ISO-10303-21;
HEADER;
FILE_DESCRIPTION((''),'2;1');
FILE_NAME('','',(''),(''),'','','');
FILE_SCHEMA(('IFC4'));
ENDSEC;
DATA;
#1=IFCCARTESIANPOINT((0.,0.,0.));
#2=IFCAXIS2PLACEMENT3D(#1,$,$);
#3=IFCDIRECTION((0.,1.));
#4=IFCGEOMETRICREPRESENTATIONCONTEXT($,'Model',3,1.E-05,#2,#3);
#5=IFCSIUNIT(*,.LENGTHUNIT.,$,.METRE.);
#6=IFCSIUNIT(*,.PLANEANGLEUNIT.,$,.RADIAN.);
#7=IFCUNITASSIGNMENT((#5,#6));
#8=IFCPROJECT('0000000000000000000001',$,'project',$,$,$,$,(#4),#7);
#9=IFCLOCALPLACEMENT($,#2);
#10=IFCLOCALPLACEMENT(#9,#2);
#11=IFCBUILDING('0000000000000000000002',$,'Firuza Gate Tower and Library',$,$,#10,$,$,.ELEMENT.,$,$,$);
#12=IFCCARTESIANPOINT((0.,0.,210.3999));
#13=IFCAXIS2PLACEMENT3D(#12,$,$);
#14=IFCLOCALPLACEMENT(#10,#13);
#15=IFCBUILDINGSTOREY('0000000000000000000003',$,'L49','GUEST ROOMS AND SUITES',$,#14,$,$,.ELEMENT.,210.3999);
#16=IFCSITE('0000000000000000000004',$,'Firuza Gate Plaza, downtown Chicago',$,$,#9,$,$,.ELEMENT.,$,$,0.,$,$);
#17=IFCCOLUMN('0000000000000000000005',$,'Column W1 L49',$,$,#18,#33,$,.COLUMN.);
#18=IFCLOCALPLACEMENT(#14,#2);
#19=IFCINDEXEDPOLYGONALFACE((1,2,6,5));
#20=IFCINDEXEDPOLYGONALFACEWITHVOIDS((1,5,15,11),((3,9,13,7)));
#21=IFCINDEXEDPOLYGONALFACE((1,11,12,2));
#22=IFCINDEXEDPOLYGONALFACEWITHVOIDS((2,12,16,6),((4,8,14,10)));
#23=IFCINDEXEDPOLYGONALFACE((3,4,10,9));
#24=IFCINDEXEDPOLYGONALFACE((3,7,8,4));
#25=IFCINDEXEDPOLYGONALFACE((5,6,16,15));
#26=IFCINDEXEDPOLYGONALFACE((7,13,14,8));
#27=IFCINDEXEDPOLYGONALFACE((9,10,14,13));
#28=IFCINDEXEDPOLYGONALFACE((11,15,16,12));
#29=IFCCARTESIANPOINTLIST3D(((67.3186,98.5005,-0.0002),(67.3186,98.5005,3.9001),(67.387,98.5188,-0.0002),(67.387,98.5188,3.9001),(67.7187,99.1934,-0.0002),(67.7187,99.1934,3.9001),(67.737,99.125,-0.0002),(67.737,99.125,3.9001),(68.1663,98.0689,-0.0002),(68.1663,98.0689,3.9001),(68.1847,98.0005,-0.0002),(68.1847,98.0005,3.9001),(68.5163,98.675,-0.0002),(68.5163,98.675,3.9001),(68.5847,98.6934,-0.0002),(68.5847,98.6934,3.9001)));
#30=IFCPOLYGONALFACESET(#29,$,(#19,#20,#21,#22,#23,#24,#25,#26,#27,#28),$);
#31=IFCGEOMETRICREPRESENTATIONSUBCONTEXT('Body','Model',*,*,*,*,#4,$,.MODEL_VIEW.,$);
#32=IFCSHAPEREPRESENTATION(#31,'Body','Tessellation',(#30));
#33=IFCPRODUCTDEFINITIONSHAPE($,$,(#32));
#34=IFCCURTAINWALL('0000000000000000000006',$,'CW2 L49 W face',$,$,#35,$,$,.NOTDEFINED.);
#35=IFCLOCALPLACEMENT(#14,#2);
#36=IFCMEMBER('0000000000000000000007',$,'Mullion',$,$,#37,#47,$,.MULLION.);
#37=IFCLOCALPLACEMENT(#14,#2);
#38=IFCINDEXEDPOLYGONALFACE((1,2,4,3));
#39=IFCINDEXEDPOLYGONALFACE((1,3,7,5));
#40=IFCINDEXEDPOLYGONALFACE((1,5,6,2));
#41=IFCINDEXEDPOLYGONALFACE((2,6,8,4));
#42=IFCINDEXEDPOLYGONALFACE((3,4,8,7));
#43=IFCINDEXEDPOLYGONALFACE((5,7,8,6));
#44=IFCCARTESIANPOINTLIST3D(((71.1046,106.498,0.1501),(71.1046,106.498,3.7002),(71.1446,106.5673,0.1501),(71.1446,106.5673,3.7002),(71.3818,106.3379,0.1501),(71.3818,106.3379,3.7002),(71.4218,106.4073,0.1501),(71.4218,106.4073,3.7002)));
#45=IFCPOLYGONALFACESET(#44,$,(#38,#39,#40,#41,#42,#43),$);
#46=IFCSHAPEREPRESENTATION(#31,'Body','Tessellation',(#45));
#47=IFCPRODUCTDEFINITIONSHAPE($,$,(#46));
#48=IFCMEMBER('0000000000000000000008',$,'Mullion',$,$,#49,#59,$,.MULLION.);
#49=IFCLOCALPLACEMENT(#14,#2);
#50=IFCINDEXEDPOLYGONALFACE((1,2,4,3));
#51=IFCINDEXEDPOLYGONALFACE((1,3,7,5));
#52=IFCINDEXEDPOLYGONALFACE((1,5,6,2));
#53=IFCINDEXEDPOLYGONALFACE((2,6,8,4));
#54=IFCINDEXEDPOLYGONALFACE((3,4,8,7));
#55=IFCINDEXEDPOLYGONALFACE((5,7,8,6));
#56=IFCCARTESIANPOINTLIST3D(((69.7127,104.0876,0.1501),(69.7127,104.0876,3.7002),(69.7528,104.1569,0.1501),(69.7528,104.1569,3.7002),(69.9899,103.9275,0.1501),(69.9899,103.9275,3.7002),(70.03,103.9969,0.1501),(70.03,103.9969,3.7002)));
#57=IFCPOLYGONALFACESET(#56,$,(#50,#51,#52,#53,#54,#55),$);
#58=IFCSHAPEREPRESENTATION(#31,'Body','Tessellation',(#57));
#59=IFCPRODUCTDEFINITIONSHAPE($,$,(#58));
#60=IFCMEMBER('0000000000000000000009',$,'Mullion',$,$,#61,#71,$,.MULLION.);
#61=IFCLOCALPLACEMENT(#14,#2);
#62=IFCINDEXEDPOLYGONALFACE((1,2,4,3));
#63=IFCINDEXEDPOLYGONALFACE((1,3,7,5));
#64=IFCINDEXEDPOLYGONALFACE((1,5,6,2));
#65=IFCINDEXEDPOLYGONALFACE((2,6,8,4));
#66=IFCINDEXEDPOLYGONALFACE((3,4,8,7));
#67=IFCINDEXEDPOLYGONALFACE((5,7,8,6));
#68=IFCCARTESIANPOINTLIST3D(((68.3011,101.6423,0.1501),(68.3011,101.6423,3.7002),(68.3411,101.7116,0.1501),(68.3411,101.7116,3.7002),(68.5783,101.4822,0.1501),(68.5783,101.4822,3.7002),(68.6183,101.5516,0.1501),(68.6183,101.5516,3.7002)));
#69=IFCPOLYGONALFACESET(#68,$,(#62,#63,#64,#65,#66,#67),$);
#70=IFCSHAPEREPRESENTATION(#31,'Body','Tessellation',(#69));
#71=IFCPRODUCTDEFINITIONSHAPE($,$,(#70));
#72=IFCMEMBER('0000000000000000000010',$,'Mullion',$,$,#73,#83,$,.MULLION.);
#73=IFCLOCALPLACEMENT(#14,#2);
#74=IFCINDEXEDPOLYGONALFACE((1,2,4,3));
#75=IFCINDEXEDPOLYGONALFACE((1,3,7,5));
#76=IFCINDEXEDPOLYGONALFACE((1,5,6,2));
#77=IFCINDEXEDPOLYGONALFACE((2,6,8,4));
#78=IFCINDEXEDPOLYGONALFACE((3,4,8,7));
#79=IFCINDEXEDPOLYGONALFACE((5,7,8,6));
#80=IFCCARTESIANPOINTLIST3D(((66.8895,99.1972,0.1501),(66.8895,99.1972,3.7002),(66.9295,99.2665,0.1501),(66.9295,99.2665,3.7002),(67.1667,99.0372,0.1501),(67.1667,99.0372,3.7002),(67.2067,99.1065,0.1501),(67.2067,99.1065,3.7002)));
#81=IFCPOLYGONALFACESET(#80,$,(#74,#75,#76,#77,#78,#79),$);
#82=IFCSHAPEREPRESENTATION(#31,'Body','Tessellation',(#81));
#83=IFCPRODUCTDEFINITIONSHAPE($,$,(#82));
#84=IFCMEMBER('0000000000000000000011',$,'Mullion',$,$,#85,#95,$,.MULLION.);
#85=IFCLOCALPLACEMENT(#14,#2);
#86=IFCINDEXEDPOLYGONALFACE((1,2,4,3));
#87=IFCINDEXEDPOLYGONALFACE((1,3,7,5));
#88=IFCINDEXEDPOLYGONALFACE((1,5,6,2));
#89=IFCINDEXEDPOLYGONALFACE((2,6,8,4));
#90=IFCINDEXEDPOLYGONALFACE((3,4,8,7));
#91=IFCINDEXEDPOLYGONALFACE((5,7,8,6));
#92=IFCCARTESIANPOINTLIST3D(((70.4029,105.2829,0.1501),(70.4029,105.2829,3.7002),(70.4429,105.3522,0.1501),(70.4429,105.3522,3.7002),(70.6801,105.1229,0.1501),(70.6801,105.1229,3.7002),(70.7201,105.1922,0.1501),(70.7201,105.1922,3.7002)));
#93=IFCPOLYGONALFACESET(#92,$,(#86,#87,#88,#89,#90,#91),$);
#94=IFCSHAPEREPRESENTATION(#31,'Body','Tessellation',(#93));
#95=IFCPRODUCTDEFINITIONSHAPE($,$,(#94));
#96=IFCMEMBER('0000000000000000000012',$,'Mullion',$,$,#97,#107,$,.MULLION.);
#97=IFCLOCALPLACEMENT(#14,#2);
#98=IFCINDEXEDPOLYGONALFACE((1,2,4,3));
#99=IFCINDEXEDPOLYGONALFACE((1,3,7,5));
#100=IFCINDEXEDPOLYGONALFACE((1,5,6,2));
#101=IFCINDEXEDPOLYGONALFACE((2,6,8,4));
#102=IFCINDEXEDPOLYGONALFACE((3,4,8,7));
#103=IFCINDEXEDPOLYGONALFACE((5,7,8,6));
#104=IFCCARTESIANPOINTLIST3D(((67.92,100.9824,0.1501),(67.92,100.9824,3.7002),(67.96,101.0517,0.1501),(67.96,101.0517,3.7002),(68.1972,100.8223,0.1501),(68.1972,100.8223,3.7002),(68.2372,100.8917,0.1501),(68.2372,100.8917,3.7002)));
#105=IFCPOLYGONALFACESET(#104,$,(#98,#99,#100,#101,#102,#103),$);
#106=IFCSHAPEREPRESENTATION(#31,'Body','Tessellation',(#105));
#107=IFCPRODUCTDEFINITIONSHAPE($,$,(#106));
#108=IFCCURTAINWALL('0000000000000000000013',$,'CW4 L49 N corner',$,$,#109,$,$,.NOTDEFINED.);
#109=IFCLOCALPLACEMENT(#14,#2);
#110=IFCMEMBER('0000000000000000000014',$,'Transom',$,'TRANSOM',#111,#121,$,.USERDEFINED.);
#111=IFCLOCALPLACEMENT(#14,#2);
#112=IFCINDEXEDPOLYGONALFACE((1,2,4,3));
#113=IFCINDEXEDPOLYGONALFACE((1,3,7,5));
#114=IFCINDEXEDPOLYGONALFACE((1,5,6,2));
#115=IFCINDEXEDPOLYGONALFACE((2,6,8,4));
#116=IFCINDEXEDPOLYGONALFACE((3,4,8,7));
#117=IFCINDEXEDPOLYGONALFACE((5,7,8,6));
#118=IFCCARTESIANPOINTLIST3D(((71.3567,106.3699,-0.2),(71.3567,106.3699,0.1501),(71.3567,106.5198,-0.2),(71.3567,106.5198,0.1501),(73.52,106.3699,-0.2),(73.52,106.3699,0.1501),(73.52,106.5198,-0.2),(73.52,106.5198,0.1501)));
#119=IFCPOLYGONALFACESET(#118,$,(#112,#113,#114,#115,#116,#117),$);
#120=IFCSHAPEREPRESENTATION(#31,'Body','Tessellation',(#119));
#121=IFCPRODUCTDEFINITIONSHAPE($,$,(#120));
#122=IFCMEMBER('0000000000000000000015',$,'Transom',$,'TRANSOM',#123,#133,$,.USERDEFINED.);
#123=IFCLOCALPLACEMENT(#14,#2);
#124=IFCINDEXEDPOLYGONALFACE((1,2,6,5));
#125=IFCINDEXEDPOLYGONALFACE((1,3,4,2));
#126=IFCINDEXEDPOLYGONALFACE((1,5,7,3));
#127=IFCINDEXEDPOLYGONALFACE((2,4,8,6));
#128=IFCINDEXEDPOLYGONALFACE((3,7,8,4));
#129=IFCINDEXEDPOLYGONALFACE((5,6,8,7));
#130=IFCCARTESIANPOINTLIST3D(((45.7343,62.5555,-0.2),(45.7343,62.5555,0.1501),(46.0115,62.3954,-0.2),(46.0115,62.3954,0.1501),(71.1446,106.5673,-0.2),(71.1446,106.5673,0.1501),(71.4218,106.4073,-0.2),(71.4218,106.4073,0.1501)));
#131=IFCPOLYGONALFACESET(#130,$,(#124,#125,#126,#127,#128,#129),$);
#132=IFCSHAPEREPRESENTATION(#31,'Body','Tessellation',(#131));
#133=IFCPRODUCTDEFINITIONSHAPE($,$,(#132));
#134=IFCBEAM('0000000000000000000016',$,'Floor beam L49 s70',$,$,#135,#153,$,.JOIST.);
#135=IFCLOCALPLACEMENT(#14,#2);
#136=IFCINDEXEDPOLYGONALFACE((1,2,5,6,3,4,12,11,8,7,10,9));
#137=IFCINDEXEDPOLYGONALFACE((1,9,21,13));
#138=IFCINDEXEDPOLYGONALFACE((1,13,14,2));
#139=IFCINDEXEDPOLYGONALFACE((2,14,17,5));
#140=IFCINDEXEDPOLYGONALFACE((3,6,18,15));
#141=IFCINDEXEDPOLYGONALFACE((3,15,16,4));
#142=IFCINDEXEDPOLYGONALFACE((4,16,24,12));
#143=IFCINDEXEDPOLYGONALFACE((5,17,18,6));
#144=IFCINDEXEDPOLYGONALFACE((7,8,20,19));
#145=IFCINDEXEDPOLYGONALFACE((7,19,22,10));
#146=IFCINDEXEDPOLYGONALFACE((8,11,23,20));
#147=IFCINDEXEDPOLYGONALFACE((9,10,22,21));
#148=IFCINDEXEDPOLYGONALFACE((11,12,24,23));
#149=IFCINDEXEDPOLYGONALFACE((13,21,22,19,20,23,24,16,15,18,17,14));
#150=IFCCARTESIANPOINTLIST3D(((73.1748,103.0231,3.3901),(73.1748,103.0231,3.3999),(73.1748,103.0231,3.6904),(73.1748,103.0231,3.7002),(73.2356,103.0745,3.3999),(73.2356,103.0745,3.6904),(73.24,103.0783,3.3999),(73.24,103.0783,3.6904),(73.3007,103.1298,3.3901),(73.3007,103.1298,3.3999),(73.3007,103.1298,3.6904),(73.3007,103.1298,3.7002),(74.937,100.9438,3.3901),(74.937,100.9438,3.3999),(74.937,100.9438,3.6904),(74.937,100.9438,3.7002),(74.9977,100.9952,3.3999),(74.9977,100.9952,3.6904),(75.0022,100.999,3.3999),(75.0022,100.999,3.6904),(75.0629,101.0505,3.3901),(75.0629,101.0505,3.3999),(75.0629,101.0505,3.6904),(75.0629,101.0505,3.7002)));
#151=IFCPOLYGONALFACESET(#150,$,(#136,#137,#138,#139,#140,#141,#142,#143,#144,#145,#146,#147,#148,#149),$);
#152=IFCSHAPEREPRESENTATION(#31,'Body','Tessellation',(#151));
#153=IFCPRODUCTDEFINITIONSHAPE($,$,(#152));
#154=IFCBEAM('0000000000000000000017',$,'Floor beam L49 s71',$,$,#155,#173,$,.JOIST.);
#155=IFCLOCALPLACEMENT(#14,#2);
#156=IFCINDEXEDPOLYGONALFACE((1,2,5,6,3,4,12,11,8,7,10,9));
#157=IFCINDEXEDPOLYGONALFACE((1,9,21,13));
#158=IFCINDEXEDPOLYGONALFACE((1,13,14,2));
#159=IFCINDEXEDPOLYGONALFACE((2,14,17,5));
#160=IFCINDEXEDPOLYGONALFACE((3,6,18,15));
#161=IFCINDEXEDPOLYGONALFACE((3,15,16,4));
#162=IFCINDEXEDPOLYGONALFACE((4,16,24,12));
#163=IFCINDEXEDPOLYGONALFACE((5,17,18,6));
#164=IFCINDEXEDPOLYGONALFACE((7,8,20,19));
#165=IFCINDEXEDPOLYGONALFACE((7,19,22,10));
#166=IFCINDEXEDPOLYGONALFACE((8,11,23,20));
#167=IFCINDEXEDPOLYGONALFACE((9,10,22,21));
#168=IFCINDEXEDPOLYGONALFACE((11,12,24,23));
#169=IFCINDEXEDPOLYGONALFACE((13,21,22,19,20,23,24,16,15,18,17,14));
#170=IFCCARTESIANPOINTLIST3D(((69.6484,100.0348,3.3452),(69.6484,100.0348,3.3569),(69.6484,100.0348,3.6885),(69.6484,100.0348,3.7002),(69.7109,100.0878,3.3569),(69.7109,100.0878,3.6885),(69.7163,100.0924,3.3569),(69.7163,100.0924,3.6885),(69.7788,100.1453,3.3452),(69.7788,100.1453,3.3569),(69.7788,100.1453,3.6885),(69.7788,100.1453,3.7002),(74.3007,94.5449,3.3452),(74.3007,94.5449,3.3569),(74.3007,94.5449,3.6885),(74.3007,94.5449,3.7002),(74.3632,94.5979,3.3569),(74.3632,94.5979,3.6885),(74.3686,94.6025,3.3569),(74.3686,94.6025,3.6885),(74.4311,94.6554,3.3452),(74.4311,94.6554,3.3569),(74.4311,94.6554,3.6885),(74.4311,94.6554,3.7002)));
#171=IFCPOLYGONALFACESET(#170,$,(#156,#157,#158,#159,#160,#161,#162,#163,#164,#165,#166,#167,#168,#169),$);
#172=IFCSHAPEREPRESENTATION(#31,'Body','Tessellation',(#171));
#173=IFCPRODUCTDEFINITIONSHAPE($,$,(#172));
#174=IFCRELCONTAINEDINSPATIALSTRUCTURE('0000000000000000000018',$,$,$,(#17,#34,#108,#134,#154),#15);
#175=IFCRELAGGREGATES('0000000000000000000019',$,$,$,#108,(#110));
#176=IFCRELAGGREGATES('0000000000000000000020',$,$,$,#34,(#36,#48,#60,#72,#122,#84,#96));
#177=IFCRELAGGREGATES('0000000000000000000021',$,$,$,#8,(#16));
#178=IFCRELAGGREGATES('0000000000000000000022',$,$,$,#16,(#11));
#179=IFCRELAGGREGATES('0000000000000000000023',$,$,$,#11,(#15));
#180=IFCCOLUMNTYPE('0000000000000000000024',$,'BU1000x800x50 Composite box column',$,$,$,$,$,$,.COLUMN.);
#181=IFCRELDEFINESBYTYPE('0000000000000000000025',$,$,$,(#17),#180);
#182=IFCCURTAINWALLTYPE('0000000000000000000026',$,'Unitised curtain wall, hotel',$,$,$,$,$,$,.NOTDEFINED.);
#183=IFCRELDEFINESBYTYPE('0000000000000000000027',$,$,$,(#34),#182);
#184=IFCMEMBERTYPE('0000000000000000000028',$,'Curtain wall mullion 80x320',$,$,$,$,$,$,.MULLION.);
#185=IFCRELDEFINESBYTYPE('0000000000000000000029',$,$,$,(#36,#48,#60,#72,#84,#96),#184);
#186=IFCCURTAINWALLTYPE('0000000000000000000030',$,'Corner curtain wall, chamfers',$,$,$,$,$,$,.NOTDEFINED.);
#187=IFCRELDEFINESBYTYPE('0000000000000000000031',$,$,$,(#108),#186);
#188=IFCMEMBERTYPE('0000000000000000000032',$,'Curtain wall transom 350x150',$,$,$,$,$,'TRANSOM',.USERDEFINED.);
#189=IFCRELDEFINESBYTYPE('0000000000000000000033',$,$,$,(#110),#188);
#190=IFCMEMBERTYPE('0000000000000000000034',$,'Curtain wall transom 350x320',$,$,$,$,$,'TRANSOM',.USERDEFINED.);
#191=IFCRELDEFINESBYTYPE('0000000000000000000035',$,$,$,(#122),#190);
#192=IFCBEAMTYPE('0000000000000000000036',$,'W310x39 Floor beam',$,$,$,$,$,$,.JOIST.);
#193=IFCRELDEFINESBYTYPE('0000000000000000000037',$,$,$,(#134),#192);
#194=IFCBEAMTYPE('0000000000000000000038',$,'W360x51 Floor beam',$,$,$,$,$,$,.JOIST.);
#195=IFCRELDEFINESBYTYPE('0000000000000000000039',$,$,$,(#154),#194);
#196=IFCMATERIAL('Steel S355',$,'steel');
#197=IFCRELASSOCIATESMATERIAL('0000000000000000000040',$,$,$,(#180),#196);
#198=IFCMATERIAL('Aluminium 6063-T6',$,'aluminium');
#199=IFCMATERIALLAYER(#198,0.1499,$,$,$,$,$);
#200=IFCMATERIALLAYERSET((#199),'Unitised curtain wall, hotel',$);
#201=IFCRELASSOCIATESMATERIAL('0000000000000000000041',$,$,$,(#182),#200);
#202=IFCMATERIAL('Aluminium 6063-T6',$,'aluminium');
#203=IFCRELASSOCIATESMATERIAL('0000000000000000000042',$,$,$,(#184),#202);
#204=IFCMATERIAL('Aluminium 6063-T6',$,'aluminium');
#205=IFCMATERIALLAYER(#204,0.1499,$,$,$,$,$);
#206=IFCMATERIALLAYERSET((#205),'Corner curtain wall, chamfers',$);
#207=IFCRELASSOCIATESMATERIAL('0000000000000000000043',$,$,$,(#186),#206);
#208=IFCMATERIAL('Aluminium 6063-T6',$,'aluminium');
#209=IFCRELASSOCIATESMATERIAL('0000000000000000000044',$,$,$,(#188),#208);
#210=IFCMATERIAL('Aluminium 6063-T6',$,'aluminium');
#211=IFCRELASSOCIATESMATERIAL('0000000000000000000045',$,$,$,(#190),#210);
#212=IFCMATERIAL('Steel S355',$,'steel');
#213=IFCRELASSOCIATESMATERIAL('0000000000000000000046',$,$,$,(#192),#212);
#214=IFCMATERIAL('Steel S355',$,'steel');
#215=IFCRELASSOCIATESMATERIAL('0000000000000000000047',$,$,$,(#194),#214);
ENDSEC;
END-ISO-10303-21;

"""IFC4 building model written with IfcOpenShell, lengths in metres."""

from ifc_helpers import new_model, si_unit, direction, frame, origin, origin_2d, place, context, subcontext, project, spatial, rectangle, hollow_rectangle, i_section, extrude, material, layer, layer_set, material_profile, profile_set, type_object, element, aggregate, save


model = new_model("IFC4")

# Units and contexts
model_context = context("Model", 3, precision=1e-05, world=origin(), true_north=direction((0.0, 1.0)))
body_context = subcontext(model_context, "Body", "Model", "MODEL_VIEW")
ifc_project = project(units=[si_unit("LENGTHUNIT", "METRE"), si_unit("PLANEANGLEUNIT", "RADIAN")], contexts=[model_context])

# Site, building, storey
site_placement = place(None, origin())
site = spatial("IfcSite", under=ifc_project, at=site_placement, Name="Firuza Gate Plaza, downtown Chicago", CompositionType="ELEMENT", RefElevation=0.0)
building_placement = place(site_placement, origin())
building = spatial("IfcBuilding", under=site, at=building_placement, Name="Firuza Gate Tower and Library", CompositionType="ELEMENT")
storey_placement = place(building_placement, frame((0.0, 0.0, 210.3999)))
storey = spatial("IfcBuildingStorey", under=building, at=storey_placement, Name="L49", Description="GUEST ROOMS AND SUITES", CompositionType="ELEMENT", Elevation=210.3999)

# Column
ifc_material_1 = material(Name="Steel S355", Category="steel")
ifc_material_profile_1 = material_profile(ifc_material_1, hollow_rectangle(XDim=0.8, YDim=1.0, WallThickness=0.05, at=origin_2d()))
ifc_profile_set_1 = profile_set([ifc_material_profile_1], Name="Steel S355")
column_type = type_object("IfcColumnType", Name="BU1000x800x50 Composite box column", PredefinedType="COLUMN", material=ifc_profile_set_1)
column_placement = place(storey_placement, frame((67.9517, 98.5969, -0.0002), z_axis=(0.0, 0.0, 1.0), x_axis=(-0.5, -0.866025, 0.0)))
element("IfcColumn", 1, at=column_placement, inside=storey, type_object=column_type, Name="Column W1 L49", PredefinedType="COLUMN", context=body_context, shape_type="SweptSolid", body=[
    extrude(hollow_rectangle(XDim=0.8, YDim=1.0, WallThickness=0.05, at=origin_2d()), origin(), (0.0, 0.0, 1.0), 3.9004),
])

# Curtain wall, members
ifc_material_2 = material(Name="Aluminium 6063-T6", Category="aluminium")
ifc_layer_1 = layer(ifc_material_2, 0.1499)
ifc_layer_set_1 = layer_set([ifc_layer_1], Name="Unitised curtain wall, hotel")
curtain_wall_type_1 = type_object("IfcCurtainWallType", Name="Unitised curtain wall, hotel", PredefinedType="NOTDEFINED", material=ifc_layer_set_1)
placement = place(storey_placement, origin())
curtain_wall_1 = element("IfcCurtainWall", 2, at=placement, inside=storey, type_object=curtain_wall_type_1, Name="CW2 L49 W face", PredefinedType="NOTDEFINED")
ifc_material_3 = material(Name="Aluminium 6063-T6", Category="aluminium")
ifc_material_profile_2 = material_profile(ifc_material_3, rectangle(XDim=0.3201, YDim=0.0801, at=origin_2d()))
ifc_profile_set_2 = profile_set([ifc_material_profile_2], Name="Aluminium 6063-T6")
member_type_1 = type_object("IfcMemberType", Name="Curtain wall mullion 80x320", PredefinedType="MULLION", material=ifc_profile_set_2)
member_1_placement = place(storey_placement, frame((71.2632, 106.4526, 0.1501), z_axis=(0.0, 0.0, 1.0), x_axis=(0.866025, -0.5, 0.0)))
member_1 = element("IfcMember", 3, at=member_1_placement, type_object=member_type_1, Name="Mullion", PredefinedType="MULLION", context=body_context, shape_type="SweptSolid", body=[
    extrude(rectangle(XDim=0.3201, YDim=0.0801, at=origin_2d()), origin(), (0.0, 0.0, 1.0), 3.55),
])
member_2_placement = place(storey_placement, frame((69.8713, 104.0422, 0.1501), z_axis=(0.0, 0.0, 1.0), x_axis=(0.866025, -0.5, 0.0)))
member_2 = element("IfcMember", 4, at=member_2_placement, type_object=member_type_1, Name="Mullion", PredefinedType="MULLION", context=body_context, shape_type="SweptSolid", body=[
    extrude(rectangle(XDim=0.3201, YDim=0.0801, at=origin_2d()), origin(), (0.0, 0.0, 1.0), 3.55),
])
member_3_placement = place(storey_placement, frame((68.4597, 101.5969, 0.1501), z_axis=(0.0, 0.0, 1.0), x_axis=(0.866025, -0.5, 0.0)))
member_3 = element("IfcMember", 5, at=member_3_placement, type_object=member_type_1, Name="Mullion", PredefinedType="MULLION", context=body_context, shape_type="SweptSolid", body=[
    extrude(rectangle(XDim=0.3201, YDim=0.0801, at=origin_2d()), origin(), (0.0, 0.0, 1.0), 3.55),
])
member_4_placement = place(storey_placement, frame((67.0481, 99.1519, 0.1501), z_axis=(0.0, 0.0, 1.0), x_axis=(0.866025, -0.5, 0.0)))
member_4 = element("IfcMember", 6, at=member_4_placement, type_object=member_type_1, Name="Mullion", PredefinedType="MULLION", context=body_context, shape_type="SweptSolid", body=[
    extrude(rectangle(XDim=0.3201, YDim=0.0801, at=origin_2d()), origin(), (0.0, 0.0, 1.0), 3.55),
])
member_5_placement = place(storey_placement, frame((70.5615, 105.2375, 0.1501), z_axis=(0.0, 0.0, 1.0), x_axis=(0.866025, -0.5, 0.0)))
member_5 = element("IfcMember", 7, at=member_5_placement, type_object=member_type_1, Name="Mullion", PredefinedType="MULLION", context=body_context, shape_type="SweptSolid", body=[
    extrude(rectangle(XDim=0.3201, YDim=0.0801, at=origin_2d()), origin(), (0.0, 0.0, 1.0), 3.55),
])
member_6_placement = place(storey_placement, frame((68.0786, 100.937, 0.1501), z_axis=(0.0, 0.0, 1.0), x_axis=(0.866025, -0.5, 0.0)))
member_6 = element("IfcMember", 8, at=member_6_placement, type_object=member_type_1, Name="Mullion", PredefinedType="MULLION", context=body_context, shape_type="SweptSolid", body=[
    extrude(rectangle(XDim=0.3201, YDim=0.0801, at=origin_2d()), origin(), (0.0, 0.0, 1.0), 3.55),
])

# Curtain wall, member
ifc_material_4 = material(Name="Aluminium 6063-T6", Category="aluminium")
ifc_layer_2 = layer(ifc_material_4, 0.1499)
ifc_layer_set_2 = layer_set([ifc_layer_2], Name="Corner curtain wall, chamfers")
curtain_wall_type_2 = type_object("IfcCurtainWallType", Name="Corner curtain wall, chamfers", PredefinedType="NOTDEFINED", material=ifc_layer_set_2)
curtain_wall_2 = element("IfcCurtainWall", 9, at=placement, inside=storey, type_object=curtain_wall_type_2, Name="CW4 L49 N corner", PredefinedType="NOTDEFINED")
ifc_material_5 = material(Name="Aluminium 6063-T6", Category="aluminium")
ifc_material_profile_3 = material_profile(ifc_material_5, rectangle(XDim=0.1499, YDim=0.3501, at=origin_2d()))
ifc_profile_set_3 = profile_set([ifc_material_profile_3], Name="Aluminium 6063-T6")
member_type_2 = type_object("IfcMemberType", Name="Curtain wall transom 350x150", ElementType="TRANSOM", PredefinedType="USERDEFINED", material=ifc_profile_set_3)
member_7_placement = place(storey_placement, frame((73.52, 106.4448, -0.0249), z_axis=(-1.0, 0.0, 0.0), x_axis=(0.0, -1.0, 0.0)))
member_7 = element("IfcMember", 10, at=member_7_placement, type_object=member_type_2, Name="Transom", ObjectType="TRANSOM", PredefinedType="USERDEFINED", context=body_context, shape_type="SweptSolid", body=[
    extrude(rectangle(XDim=0.1499, YDim=0.3501, at=origin_2d()), origin(), (0.0, 0.0, 1.0), 2.1633),
])

# Member
ifc_material_6 = material(Name="Aluminium 6063-T6", Category="aluminium")
ifc_material_profile_4 = material_profile(ifc_material_6, rectangle(XDim=0.3201, YDim=0.3501, at=origin_2d()))
ifc_profile_set_4 = profile_set([ifc_material_profile_4], Name="Aluminium 6063-T6")
member_type_3 = type_object("IfcMemberType", Name="Curtain wall transom 350x320", ElementType="TRANSOM", PredefinedType="USERDEFINED", material=ifc_profile_set_4)
member_8_placement = place(storey_placement, frame((71.2832, 106.4873, -0.0249), z_axis=(-0.500001, -0.866025, 0.0), x_axis=(0.866025, -0.500001, 0.0)))
member_8 = element("IfcMember", 11, at=member_8_placement, type_object=member_type_3, Name="Transom", ObjectType="TRANSOM", PredefinedType="USERDEFINED", context=body_context, shape_type="SweptSolid", body=[
    extrude(rectangle(XDim=0.3201, YDim=0.3501, at=origin_2d()), origin(), (0.0, 0.0, 1.0), 50.8206),
])

# Beams
ifc_material_7 = material(Name="Steel S355", Category="steel")
ifc_material_profile_5 = material_profile(ifc_material_7, i_section(OverallWidth=0.165, OverallDepth=0.3101, WebThickness=0.0059, FlangeThickness=0.0098, at=origin_2d()))
ifc_profile_set_5 = profile_set([ifc_material_profile_5], Name="Steel S355")
beam_type_1 = type_object("IfcBeamType", Name="W310x39 Floor beam", PredefinedType="JOIST", material=ifc_profile_set_5)
beam_1_placement = place(storey_placement, frame((73.2378, 103.0764, 3.5452), z_axis=(0.646532, -0.762887, 0.0), x_axis=(0.762887, 0.646532, 0.0)))
element("IfcBeam", 12, at=beam_1_placement, inside=storey, type_object=beam_type_1, Name="Floor beam L49 s70", PredefinedType="JOIST", context=body_context, shape_type="SweptSolid", body=[
    extrude(i_section(OverallWidth=0.165, OverallDepth=0.3101, WebThickness=0.0059, FlangeThickness=0.0098, at=origin_2d()), origin(), (0.0, 0.0, 1.0), 2.7256),
])
ifc_material_8 = material(Name="Steel S355", Category="steel")
ifc_material_profile_6 = material_profile(ifc_material_8, i_section(OverallWidth=0.1709, OverallDepth=0.355, WebThickness=0.0071, FlangeThickness=0.0117, at=origin_2d()))
ifc_profile_set_6 = profile_set([ifc_material_profile_6], Name="Steel S355")
beam_type_2 = type_object("IfcBeamType", Name="W360x51 Floor beam", PredefinedType="JOIST", material=ifc_profile_set_6)
beam_2_placement = place(storey_placement, frame((69.7136, 100.0901, 3.5227), z_axis=(0.646506, -0.762909, 0.0), x_axis=(0.762909, 0.646506, 0.0)))
element("IfcBeam", 13, at=beam_2_placement, inside=storey, type_object=beam_type_2, Name="Floor beam L49 s71", PredefinedType="JOIST", context=body_context, shape_type="SweptSolid", body=[
    extrude(i_section(OverallWidth=0.1709, OverallDepth=0.355, WebThickness=0.0071, FlangeThickness=0.0117, at=origin_2d()), origin(), (0.0, 0.0, 1.0), 7.196),
])

aggregate(curtain_wall_2, [member_7])
aggregate(curtain_wall_1, [member_1, member_2, member_3, member_4, member_8, member_5, member_6])

save(model, "model.ifc")
